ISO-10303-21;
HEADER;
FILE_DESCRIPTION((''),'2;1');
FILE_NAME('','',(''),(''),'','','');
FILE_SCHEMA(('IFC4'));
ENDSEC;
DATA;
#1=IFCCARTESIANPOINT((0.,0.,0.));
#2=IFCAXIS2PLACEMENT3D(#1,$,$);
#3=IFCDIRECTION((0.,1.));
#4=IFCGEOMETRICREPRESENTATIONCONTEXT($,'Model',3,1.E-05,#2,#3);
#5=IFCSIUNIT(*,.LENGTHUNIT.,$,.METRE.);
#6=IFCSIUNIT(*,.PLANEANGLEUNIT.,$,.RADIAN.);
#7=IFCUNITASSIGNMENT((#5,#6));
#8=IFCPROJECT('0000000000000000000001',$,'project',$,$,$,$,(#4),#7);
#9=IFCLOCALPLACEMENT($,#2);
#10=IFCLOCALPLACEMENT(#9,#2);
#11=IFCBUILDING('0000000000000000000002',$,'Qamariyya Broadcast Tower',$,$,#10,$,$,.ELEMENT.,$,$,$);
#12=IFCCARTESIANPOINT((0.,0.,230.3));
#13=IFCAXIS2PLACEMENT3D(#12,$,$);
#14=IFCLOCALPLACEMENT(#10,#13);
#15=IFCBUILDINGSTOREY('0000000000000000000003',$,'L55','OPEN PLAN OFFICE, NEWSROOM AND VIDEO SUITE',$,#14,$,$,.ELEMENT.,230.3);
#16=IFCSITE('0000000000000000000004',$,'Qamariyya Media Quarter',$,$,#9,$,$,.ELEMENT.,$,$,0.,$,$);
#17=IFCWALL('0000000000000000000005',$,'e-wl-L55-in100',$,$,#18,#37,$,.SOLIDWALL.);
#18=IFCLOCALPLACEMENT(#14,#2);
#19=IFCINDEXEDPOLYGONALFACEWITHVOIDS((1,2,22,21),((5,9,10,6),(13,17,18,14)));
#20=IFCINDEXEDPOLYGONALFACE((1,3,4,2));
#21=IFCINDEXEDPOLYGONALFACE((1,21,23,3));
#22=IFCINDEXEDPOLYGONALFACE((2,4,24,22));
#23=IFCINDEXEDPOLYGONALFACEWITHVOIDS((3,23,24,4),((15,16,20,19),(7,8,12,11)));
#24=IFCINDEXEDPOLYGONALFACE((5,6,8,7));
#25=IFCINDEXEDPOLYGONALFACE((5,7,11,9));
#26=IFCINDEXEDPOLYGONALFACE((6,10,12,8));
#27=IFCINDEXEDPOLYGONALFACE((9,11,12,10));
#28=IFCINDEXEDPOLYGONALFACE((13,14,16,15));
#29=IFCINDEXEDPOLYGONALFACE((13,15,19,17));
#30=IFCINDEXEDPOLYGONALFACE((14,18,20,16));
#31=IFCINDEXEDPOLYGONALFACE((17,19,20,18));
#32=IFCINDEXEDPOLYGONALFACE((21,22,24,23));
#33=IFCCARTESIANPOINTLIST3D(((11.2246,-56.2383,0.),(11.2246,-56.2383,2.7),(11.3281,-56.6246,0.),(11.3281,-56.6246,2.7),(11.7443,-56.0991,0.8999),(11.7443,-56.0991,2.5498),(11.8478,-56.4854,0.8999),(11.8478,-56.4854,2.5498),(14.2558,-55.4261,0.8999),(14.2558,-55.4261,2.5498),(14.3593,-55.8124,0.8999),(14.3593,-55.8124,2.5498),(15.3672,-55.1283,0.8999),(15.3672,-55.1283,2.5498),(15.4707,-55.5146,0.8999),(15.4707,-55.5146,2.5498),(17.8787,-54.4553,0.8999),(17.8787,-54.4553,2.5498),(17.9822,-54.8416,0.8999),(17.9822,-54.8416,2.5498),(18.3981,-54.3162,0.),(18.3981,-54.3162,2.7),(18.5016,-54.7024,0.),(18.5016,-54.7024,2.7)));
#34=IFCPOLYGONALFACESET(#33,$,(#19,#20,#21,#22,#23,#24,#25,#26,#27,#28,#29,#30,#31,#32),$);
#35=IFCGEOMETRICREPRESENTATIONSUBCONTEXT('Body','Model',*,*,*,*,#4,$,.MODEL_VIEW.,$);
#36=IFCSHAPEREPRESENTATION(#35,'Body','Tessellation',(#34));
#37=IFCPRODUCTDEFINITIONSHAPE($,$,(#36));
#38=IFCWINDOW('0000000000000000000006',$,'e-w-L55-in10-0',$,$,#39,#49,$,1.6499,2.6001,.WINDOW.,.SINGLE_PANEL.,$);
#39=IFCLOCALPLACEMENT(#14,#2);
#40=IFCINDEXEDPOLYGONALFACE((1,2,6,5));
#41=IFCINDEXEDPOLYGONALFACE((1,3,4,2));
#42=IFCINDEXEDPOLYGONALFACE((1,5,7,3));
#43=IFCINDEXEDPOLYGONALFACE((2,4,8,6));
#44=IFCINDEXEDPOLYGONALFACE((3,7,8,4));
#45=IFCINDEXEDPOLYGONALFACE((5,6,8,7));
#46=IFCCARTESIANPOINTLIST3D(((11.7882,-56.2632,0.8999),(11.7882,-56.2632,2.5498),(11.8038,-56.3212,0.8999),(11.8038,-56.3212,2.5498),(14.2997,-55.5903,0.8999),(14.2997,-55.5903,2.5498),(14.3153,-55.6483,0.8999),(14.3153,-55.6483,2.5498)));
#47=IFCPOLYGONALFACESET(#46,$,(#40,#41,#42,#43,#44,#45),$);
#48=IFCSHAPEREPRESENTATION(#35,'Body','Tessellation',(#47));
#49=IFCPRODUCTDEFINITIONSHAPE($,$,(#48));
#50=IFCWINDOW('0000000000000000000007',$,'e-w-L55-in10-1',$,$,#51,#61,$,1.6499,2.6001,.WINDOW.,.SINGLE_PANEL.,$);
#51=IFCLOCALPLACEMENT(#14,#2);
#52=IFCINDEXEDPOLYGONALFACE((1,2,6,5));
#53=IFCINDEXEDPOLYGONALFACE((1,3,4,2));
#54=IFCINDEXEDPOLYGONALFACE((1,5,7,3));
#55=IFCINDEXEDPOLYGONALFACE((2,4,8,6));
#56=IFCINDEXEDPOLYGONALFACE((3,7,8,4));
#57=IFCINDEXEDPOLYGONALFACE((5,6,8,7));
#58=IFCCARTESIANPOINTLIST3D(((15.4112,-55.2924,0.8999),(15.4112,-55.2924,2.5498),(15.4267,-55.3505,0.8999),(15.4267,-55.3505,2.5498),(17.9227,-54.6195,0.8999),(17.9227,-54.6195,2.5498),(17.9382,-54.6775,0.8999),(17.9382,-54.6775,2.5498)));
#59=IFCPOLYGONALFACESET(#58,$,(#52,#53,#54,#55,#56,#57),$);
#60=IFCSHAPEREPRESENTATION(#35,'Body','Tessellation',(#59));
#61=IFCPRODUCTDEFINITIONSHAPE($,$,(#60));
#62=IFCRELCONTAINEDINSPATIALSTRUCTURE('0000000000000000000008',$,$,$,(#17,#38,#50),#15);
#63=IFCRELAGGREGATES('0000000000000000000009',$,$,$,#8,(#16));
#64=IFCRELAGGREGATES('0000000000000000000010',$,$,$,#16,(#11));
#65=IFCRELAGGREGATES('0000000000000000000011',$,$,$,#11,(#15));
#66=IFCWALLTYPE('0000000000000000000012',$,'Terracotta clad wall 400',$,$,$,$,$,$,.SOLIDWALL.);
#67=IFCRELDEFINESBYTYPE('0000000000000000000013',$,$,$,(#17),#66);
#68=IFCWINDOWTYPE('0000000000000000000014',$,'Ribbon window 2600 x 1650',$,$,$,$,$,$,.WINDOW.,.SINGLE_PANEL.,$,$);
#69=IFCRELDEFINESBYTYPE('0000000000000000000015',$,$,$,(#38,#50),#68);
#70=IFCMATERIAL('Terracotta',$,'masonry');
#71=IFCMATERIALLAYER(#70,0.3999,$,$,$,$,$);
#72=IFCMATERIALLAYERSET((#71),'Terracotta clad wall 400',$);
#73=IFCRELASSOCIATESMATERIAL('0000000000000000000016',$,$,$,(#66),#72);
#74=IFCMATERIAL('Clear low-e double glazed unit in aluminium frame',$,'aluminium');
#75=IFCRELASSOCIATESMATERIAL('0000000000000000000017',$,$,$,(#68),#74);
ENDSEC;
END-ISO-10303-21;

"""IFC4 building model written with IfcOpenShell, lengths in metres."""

from ifc_helpers import new_model, si_unit, direction, frame, frame_2d, origin, place, context, subcontext, project, spatial, rectangle, extrude, material, layer, layer_set, type_object, element, fill, save


model = new_model("IFC4")

# Units and contexts
model_context = context("Model", 3, precision=1e-05, world=origin(), true_north=direction((0.0, 1.0)))
body_context = subcontext(model_context, "Body", "Model", "MODEL_VIEW")
ifc_project = project(units=[si_unit("LENGTHUNIT", "METRE"), si_unit("PLANEANGLEUNIT", "RADIAN")], contexts=[model_context])

# Site, building, storey
site_placement = place(None, origin())
site = spatial("IfcSite", under=ifc_project, at=site_placement, Name="Qamariyya Media Quarter", CompositionType="ELEMENT", RefElevation=0.0)
building_placement = place(site_placement, origin())
building = spatial("IfcBuilding", under=site, at=building_placement, Name="Qamariyya Broadcast Tower", CompositionType="ELEMENT")
storey_placement = place(building_placement, frame((0.0, 0.0, 230.3)))
storey = spatial("IfcBuildingStorey", under=building, at=storey_placement, Name="L55", Description="OPEN PLAN OFFICE, NEWSROOM AND VIDEO SUITE", CompositionType="ELEMENT", Elevation=230.3)

# Wall, openings, windows
ifc_material_1 = material(Name="Terracotta", Category="masonry")
ifc_layer_1 = layer(ifc_material_1, 0.3999)
ifc_layer_set_1 = layer_set([ifc_layer_1], Name="Terracotta clad wall 400")
wall_type_1 = type_object("IfcWallType", Name="Terracotta clad wall 400", PredefinedType="SOLIDWALL", material=ifc_layer_set_1)
wall_1_placement = place(storey_placement, frame((18.45, -54.5093, 0.0), z_axis=(0.0, 0.0, 1.0), x_axis=(-0.965925, -0.258823, 0.0)))
wall_1 = element("IfcWall", 1, at=wall_1_placement, inside=storey, type_object=wall_type_1, Name="e-wl-L55-in100", PredefinedType="SOLIDWALL", context=body_context, shape_type="SweptSolid", body=[
    extrude(rectangle(XDim=7.4265, YDim=0.3999, at=frame_2d((3.7134, 0.0))), origin(), (0.0, 0.0, 1.0), 2.7),
])
opening_1_placement = place(wall_1_placement, frame((4.2886, 0.0, 0.8999)))
opening_1 = element("IfcOpeningElement", 2, at=opening_1_placement, cuts=wall_1, PredefinedType="OPENING", context=body_context, shape_type="SweptSolid", body=[
    extrude(rectangle(XDim=2.6001, YDim=1.6499, at=frame_2d((1.3, 0.825))), frame((0.0, 0.21, 0.0), z_axis=(0.0, -1.0, 0.0), x_axis=(1.0, 0.0, 0.0)), (0.0, 0.0, 1.0), 0.4199),
])
opening_2_placement = place(wall_1_placement, frame((0.5378, 0.0, 0.8999)))
opening_2 = element("IfcOpeningElement", 3, at=opening_2_placement, cuts=wall_1, PredefinedType="OPENING", context=body_context, shape_type="SweptSolid", body=[
    extrude(rectangle(XDim=2.6001, YDim=1.6499, at=frame_2d((1.3, 0.825))), frame((0.0, 0.21, 0.0), z_axis=(0.0, -1.0, 0.0), x_axis=(1.0, 0.0, 0.0)), (0.0, 0.0, 1.0), 0.4199),
])
ifc_material_2 = material(Name="Clear low-e double glazed unit in aluminium frame", Category="aluminium")
window_type = type_object("IfcWindowType", Name="Ribbon window 2600 x 1650", PartitioningType="SINGLE_PANEL", PredefinedType="WINDOW", material=ifc_material_2)
window_1_placement = place(opening_1_placement, origin())
window_1 = element("IfcWindow", 4, at=window_1_placement, inside=storey, type_object=window_type, Name="e-w-L55-in10-0", OverallHeight=1.6499, OverallWidth=2.6001, PartitioningType="SINGLE_PANEL", PredefinedType="WINDOW", context=body_context, shape_type="SweptSolid", body=[
    extrude(rectangle(XDim=2.6001, YDim=1.6499, at=frame_2d((1.3, 0.825))), frame((0.0, 0.03, 0.0), z_axis=(0.0, -1.0, 0.0), x_axis=(1.0, 0.0, 0.0)), (0.0, 0.0, 1.0), 0.0601),
])
fill(opening_1, window_1)
window_2_placement = place(opening_2_placement, origin())
window_2 = element("IfcWindow", 5, at=window_2_placement, inside=storey, type_object=window_type, Name="e-w-L55-in10-1", OverallHeight=1.6499, OverallWidth=2.6001, PartitioningType="SINGLE_PANEL", PredefinedType="WINDOW", context=body_context, shape_type="SweptSolid", body=[
    extrude(rectangle(XDim=2.6001, YDim=1.6499, at=frame_2d((1.3, 0.825))), frame((0.0, 0.03, 0.0), z_axis=(0.0, -1.0, 0.0), x_axis=(1.0, 0.0, 0.0)), (0.0, 0.0, 1.0), 0.0601),
])
fill(opening_2, window_2)

save(model, "model.ifc")
